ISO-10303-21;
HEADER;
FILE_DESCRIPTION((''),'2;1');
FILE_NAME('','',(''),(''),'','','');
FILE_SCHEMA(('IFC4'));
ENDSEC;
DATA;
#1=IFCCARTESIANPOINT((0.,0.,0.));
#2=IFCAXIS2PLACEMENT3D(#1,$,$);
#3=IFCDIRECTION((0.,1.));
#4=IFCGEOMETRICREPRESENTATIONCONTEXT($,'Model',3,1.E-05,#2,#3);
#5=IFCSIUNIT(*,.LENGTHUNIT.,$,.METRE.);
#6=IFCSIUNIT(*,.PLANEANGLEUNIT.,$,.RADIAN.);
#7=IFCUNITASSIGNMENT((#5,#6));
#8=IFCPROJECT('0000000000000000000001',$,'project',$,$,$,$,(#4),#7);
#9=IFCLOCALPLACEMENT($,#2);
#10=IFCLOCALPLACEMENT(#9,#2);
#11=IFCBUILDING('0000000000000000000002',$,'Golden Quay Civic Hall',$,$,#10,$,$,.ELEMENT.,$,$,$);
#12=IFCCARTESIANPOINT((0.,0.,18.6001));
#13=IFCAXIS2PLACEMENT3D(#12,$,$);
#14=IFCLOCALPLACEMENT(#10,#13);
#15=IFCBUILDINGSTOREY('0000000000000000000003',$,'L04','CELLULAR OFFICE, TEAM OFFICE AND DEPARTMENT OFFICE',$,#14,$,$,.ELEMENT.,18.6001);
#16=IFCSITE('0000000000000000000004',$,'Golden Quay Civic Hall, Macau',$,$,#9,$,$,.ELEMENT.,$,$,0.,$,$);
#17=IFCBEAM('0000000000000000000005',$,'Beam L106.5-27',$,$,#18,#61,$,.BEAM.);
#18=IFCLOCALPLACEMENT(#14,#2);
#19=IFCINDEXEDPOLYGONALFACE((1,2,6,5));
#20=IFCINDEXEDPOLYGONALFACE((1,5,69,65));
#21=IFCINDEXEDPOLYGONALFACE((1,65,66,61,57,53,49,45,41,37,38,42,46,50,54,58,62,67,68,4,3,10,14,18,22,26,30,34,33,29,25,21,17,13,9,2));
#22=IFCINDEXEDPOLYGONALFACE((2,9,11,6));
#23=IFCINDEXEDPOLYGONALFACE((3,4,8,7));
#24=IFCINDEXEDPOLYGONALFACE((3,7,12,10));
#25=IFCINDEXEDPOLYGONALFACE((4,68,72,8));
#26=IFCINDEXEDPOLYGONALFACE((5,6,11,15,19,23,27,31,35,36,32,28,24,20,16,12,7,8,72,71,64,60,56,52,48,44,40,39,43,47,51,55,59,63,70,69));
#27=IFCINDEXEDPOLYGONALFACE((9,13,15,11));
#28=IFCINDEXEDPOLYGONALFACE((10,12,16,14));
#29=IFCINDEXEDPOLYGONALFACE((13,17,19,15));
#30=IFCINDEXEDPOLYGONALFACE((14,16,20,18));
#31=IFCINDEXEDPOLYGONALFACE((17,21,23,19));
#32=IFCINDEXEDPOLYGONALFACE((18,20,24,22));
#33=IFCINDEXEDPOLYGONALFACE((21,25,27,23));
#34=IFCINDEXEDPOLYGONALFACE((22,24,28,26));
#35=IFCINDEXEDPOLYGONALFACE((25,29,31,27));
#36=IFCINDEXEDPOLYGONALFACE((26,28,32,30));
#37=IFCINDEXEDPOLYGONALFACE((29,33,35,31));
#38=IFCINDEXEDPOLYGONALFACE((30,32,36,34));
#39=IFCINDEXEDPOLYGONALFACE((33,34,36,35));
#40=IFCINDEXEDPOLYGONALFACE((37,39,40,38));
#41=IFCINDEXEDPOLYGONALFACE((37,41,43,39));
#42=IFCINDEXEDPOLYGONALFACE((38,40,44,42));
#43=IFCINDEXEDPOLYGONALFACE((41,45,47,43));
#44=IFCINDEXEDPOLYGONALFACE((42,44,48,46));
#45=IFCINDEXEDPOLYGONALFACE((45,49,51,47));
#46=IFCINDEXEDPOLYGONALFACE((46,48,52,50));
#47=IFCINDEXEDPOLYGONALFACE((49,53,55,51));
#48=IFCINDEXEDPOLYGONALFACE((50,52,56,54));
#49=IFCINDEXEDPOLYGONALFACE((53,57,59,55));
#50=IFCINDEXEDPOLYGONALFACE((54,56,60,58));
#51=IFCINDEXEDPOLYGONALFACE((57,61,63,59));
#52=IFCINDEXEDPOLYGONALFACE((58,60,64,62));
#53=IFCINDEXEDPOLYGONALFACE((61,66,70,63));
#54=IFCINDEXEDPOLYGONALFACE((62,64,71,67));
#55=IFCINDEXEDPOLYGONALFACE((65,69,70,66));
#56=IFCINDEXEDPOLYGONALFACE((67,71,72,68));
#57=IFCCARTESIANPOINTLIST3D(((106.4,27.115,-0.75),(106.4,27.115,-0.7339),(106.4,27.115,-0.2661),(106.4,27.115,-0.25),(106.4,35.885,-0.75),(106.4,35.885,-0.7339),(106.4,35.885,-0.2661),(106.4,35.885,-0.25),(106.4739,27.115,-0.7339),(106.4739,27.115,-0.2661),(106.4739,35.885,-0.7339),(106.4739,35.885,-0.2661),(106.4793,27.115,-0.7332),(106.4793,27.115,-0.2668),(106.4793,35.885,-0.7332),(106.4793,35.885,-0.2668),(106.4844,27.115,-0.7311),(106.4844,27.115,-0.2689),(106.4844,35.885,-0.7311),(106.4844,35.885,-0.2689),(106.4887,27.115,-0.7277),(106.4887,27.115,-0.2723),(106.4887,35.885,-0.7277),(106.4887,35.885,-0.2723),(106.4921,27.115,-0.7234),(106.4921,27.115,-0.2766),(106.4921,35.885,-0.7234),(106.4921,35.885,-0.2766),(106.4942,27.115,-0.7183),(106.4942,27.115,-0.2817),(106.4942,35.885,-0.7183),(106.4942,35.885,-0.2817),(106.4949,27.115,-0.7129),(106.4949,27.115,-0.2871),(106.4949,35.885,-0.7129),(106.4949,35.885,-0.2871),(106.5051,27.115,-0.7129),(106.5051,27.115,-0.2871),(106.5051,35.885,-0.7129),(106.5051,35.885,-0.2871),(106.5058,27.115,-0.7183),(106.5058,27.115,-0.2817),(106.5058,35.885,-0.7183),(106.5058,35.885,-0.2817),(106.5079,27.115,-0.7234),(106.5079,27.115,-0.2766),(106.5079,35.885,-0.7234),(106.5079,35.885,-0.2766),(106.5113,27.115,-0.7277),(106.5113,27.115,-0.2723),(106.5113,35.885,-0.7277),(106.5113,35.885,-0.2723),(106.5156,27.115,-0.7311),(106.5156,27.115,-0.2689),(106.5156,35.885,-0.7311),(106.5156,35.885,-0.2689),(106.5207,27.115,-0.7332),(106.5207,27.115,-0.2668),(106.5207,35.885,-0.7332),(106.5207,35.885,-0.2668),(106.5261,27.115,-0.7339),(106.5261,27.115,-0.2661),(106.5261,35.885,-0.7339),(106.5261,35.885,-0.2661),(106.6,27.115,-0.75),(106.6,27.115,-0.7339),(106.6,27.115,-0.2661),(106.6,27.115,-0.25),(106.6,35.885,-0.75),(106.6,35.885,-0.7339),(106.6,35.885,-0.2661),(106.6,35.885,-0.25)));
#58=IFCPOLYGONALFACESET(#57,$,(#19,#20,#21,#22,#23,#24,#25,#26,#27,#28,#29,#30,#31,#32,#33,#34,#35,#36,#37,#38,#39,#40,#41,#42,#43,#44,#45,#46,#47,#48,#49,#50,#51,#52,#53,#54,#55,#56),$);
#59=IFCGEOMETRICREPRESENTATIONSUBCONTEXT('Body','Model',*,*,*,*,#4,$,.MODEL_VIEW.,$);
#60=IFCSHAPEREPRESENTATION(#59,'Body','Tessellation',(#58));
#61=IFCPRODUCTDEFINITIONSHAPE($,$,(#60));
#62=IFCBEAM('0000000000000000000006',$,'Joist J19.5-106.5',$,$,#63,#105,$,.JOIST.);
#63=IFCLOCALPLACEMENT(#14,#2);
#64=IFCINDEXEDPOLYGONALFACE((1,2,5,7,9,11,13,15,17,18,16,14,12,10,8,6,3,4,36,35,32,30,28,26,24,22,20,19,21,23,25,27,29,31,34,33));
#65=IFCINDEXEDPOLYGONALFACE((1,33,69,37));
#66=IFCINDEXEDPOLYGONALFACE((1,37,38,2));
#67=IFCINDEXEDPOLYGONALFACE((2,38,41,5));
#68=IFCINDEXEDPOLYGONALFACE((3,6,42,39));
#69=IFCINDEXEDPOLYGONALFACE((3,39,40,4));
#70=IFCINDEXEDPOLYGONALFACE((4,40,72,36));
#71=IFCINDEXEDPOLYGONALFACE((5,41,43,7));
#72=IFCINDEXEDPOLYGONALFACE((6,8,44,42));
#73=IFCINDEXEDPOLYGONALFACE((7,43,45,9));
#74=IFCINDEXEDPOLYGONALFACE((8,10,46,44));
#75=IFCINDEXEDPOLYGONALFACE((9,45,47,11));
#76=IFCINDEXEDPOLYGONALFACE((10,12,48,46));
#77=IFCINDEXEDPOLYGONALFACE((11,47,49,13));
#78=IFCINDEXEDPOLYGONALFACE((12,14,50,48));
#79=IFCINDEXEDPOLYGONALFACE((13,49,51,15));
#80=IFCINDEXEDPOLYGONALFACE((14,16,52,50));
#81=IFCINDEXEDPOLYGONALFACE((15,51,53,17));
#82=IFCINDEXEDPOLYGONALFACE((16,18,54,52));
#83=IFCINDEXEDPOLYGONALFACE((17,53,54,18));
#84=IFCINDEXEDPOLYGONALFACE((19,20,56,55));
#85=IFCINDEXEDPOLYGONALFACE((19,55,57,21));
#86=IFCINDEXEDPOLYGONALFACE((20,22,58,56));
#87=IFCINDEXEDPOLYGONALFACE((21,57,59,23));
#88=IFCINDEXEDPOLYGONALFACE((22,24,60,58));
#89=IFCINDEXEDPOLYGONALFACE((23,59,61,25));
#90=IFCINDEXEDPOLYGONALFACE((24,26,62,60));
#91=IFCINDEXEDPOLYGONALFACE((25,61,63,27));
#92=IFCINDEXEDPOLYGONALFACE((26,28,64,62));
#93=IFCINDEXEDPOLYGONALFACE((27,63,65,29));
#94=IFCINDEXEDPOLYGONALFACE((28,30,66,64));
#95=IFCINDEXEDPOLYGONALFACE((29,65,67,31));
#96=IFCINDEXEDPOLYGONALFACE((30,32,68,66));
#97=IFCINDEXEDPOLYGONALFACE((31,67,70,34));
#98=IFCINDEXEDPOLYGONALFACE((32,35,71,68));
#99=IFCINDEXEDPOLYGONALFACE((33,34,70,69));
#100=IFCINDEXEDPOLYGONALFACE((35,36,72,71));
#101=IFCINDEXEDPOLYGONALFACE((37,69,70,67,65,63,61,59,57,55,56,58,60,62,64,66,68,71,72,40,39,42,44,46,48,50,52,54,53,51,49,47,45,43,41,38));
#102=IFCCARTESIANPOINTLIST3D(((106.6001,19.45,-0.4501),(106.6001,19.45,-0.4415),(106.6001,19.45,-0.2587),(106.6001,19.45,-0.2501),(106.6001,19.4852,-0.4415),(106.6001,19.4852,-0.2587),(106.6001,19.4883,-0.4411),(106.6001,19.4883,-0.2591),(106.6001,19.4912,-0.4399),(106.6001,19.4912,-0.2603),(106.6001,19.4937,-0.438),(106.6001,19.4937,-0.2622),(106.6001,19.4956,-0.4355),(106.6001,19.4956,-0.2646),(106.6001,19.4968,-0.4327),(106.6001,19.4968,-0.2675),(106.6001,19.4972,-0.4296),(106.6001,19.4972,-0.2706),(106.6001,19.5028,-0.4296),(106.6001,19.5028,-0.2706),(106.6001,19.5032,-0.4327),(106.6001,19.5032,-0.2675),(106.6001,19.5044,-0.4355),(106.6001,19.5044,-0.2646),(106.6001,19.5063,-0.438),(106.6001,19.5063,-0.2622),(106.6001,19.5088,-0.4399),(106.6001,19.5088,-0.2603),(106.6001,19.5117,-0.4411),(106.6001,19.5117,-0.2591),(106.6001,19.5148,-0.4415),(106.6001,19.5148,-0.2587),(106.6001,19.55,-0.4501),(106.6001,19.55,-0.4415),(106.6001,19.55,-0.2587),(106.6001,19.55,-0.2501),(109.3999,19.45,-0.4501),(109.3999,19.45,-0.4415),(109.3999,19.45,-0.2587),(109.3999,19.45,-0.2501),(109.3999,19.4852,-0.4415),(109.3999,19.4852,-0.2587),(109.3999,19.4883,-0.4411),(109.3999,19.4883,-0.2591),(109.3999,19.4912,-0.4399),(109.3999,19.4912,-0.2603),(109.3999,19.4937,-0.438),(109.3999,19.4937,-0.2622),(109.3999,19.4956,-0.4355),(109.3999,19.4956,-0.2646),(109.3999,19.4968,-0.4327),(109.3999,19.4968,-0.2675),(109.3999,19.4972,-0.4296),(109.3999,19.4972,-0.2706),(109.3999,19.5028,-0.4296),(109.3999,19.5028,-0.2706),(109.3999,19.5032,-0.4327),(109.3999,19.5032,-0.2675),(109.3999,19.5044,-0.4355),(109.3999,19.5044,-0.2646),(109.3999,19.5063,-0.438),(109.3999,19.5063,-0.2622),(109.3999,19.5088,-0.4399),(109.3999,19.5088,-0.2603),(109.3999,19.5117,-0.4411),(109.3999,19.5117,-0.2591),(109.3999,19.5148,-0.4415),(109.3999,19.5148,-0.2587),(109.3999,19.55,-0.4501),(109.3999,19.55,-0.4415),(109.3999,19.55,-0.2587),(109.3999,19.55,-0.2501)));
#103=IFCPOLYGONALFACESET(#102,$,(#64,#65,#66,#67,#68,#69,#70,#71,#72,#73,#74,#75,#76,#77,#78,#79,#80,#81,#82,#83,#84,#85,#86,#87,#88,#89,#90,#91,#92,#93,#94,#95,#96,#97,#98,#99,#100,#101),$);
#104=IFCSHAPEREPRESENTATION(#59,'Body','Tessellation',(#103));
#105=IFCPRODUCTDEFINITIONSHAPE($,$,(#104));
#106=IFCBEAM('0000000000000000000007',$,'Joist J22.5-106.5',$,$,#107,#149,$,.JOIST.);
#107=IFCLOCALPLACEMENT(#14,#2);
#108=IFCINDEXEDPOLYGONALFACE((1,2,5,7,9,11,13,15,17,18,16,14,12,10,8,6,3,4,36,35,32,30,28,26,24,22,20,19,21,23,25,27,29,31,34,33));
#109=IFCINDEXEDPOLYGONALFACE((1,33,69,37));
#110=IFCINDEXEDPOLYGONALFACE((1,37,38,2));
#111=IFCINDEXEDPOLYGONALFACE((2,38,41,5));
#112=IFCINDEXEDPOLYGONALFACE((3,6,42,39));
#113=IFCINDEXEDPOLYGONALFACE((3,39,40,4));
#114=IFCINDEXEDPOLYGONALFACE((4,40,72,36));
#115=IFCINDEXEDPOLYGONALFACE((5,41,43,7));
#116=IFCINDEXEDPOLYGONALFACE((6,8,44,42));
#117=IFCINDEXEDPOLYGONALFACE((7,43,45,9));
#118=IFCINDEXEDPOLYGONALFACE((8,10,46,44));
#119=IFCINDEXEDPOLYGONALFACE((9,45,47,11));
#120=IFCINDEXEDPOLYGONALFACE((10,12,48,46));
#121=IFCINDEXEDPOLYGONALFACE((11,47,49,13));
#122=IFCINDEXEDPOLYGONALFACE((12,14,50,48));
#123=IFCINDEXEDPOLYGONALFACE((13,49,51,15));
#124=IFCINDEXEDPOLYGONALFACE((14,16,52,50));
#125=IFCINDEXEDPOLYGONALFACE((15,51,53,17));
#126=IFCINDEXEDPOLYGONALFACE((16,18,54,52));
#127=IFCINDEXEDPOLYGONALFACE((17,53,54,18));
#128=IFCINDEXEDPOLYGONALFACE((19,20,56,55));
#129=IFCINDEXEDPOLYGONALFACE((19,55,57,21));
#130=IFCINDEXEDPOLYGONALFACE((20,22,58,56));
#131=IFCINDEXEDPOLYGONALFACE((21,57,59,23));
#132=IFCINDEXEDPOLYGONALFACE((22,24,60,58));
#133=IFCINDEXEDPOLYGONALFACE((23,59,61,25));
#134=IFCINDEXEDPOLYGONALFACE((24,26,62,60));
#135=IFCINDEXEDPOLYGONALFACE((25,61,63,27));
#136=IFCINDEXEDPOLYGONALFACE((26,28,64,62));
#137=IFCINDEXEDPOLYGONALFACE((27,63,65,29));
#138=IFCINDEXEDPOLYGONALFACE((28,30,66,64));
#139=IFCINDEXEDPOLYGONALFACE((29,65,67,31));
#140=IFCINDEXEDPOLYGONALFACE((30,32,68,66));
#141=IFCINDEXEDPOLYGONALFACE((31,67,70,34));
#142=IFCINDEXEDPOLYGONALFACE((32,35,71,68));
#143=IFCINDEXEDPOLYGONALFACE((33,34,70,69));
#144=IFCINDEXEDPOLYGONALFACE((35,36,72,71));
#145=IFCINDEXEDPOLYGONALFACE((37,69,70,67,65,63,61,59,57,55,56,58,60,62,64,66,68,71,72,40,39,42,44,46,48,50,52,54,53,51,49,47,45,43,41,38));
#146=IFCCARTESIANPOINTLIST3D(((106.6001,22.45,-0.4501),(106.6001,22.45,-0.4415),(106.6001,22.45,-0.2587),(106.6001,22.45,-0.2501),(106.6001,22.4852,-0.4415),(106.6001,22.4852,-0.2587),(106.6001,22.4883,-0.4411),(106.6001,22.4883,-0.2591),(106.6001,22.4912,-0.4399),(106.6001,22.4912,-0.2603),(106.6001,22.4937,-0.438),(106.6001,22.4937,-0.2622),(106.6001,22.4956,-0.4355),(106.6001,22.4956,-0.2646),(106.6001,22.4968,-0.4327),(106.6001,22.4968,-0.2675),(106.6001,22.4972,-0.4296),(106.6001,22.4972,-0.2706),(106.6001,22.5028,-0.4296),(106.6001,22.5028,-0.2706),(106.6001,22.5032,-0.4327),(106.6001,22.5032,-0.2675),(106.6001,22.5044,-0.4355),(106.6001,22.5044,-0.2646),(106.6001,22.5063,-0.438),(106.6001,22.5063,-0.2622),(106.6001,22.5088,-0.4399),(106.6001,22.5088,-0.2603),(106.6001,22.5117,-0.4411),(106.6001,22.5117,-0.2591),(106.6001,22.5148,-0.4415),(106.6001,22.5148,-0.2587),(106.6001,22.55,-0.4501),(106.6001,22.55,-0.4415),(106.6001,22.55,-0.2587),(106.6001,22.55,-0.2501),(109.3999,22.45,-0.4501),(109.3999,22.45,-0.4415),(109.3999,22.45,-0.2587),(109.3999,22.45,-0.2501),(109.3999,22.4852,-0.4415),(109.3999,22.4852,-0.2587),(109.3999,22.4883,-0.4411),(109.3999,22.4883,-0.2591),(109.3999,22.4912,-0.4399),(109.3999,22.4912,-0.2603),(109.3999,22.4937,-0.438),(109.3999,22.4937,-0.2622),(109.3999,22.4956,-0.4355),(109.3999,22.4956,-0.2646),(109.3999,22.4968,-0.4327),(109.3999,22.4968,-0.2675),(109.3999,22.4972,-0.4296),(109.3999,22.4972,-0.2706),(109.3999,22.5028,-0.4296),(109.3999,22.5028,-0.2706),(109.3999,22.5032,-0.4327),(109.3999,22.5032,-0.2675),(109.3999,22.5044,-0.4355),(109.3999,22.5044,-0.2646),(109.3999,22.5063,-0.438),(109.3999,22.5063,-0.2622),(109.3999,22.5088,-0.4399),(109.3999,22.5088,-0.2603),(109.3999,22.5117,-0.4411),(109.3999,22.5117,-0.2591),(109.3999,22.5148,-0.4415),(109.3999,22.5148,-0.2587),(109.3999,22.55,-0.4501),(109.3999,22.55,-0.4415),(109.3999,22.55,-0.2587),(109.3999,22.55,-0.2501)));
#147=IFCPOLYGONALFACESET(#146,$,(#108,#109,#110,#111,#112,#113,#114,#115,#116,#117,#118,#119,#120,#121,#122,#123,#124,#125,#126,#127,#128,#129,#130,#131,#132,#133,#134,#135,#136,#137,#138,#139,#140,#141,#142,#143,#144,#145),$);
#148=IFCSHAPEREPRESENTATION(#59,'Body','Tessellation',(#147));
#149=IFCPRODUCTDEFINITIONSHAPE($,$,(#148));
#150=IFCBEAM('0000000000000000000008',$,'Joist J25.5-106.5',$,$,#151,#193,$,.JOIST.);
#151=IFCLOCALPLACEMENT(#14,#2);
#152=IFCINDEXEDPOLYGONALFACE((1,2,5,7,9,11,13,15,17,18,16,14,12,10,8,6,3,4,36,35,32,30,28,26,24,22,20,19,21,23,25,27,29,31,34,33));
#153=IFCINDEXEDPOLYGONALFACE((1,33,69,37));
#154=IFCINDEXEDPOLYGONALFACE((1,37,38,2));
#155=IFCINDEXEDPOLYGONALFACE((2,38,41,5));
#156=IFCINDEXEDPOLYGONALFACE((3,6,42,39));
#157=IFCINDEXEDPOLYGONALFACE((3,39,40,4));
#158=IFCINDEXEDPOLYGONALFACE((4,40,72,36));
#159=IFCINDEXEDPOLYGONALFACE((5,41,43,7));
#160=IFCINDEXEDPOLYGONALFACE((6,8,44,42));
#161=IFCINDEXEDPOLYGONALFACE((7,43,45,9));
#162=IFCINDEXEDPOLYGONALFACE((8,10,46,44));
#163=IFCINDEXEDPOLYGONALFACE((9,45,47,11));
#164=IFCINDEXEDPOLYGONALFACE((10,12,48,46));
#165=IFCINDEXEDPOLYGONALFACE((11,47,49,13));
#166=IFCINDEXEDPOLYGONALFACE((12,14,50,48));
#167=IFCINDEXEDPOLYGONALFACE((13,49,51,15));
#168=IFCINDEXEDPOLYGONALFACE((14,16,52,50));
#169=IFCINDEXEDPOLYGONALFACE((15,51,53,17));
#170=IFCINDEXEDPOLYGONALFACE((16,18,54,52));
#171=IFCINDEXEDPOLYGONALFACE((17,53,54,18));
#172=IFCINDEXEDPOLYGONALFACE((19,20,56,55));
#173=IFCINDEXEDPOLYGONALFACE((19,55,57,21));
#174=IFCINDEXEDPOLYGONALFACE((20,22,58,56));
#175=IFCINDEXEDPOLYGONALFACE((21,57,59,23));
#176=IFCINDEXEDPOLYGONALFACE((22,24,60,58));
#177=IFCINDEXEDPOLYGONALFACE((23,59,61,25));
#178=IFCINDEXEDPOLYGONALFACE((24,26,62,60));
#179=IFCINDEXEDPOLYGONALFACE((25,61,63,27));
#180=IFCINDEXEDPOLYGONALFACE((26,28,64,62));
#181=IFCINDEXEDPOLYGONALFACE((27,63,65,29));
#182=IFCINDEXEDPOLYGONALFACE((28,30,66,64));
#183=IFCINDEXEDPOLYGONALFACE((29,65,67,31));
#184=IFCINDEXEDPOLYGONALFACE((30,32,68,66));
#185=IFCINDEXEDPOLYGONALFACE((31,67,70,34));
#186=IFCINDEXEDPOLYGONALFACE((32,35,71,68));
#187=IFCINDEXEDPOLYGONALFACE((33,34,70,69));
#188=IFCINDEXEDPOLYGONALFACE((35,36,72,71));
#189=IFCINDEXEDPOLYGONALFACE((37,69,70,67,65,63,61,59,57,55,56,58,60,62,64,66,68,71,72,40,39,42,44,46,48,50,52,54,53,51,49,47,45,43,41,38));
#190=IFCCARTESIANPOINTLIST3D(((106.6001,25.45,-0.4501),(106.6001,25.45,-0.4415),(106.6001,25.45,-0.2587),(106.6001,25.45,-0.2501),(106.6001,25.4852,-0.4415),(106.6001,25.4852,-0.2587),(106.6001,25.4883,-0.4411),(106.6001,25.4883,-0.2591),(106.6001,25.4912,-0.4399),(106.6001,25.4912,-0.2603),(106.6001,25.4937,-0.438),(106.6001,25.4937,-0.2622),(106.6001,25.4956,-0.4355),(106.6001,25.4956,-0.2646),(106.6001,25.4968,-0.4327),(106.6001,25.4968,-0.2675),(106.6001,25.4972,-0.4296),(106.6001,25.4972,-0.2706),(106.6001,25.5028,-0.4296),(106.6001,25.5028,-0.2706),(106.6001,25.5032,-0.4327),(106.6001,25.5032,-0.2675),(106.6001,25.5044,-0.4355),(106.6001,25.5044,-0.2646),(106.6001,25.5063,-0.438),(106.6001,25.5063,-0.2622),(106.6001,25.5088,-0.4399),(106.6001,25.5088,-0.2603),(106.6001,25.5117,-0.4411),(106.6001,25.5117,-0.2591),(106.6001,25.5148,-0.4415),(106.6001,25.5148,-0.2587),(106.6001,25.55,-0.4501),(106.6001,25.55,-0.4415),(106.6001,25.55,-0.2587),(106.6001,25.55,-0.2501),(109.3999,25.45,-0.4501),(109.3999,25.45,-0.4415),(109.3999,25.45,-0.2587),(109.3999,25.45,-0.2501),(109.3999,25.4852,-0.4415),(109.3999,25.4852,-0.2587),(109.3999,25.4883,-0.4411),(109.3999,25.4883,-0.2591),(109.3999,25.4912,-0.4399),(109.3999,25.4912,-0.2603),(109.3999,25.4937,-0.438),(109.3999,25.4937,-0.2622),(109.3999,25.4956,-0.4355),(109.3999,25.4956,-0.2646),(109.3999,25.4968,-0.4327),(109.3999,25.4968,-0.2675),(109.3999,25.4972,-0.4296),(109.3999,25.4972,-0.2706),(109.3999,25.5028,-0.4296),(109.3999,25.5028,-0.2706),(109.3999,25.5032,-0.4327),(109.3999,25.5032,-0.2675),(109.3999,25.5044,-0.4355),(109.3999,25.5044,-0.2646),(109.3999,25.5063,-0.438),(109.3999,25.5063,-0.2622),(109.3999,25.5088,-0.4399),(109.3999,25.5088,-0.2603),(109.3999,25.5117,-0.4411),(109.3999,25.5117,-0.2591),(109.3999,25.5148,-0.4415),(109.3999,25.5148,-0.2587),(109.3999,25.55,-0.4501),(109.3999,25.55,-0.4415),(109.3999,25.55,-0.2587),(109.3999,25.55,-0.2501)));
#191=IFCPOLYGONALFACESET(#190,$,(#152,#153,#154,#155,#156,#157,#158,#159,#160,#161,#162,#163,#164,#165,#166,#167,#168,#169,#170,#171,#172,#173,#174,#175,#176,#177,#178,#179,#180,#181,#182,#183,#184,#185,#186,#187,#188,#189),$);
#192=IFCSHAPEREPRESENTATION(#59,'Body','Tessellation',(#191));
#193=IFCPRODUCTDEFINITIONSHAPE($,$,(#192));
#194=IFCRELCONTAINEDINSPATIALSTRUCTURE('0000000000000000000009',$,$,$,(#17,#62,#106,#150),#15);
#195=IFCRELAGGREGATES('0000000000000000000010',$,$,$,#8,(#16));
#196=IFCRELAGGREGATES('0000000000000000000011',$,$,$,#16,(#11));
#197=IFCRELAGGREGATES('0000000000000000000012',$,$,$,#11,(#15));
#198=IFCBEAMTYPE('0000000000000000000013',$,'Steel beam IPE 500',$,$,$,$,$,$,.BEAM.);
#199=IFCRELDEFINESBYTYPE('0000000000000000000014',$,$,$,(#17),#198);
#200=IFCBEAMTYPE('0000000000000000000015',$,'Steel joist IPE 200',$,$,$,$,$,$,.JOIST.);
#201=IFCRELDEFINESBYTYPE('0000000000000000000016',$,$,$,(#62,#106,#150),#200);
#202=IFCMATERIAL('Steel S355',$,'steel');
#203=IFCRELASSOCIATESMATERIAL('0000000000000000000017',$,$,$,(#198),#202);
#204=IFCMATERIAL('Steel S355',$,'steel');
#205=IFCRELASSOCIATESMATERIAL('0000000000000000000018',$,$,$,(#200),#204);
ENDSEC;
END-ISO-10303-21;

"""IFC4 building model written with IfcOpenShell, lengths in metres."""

from ifc_helpers import new_model, si_unit, direction, frame, origin, origin_2d, place, context, subcontext, project, spatial, i_section, extrude, material, material_profile, profile_set, type_object, element, save


model = new_model("IFC4")

# Units and contexts
model_context = context("Model", 3, precision=1e-05, world=origin(), true_north=direction((0.0, 1.0)))
body_context = subcontext(model_context, "Body", "Model", "MODEL_VIEW")
ifc_project = project(units=[si_unit("LENGTHUNIT", "METRE"), si_unit("PLANEANGLEUNIT", "RADIAN")], contexts=[model_context])

# Site, building, storey
site_placement = place(None, origin())
site = spatial("IfcSite", under=ifc_project, at=site_placement, Name="Golden Quay Civic Hall, Macau", CompositionType="ELEMENT", RefElevation=0.0)
building_placement = place(site_placement, origin())
building = spatial("IfcBuilding", under=site, at=building_placement, Name="Golden Quay Civic Hall", CompositionType="ELEMENT")
storey_placement = place(building_placement, frame((0.0, 0.0, 18.6001)))
storey = spatial("IfcBuildingStorey", under=building, at=storey_placement, Name="L04", Description="CELLULAR OFFICE, TEAM OFFICE AND DEPARTMENT OFFICE", CompositionType="ELEMENT", Elevation=18.6001)

# Beams
ifc_material_1 = material(Name="Steel S355", Category="steel")
ifc_material_profile_1 = material_profile(ifc_material_1, i_section(OverallWidth=0.2, OverallDepth=0.5, WebThickness=0.0103, FlangeThickness=0.0161, FilletRadius=0.021, at=origin_2d()), Name="IPE 500")
ifc_profile_set_1 = profile_set([ifc_material_profile_1], Name="Steel S355")
beam_type_1 = type_object("IfcBeamType", Name="Steel beam IPE 500", PredefinedType="BEAM", material=ifc_profile_set_1)
beam_1_placement = place(storey_placement, frame((106.5, 27.115, -0.5), z_axis=(0.0, 1.0, 0.0), x_axis=(-1.0, 0.0, 0.0)))
element("IfcBeam", 1, at=beam_1_placement, inside=storey, type_object=beam_type_1, Name="Beam L106.5-27", PredefinedType="BEAM", context=body_context, shape_type="SweptSolid", body=[
    extrude(i_section(OverallWidth=0.2, OverallDepth=0.5, WebThickness=0.0103, FlangeThickness=0.0161, FilletRadius=0.021, at=origin_2d()), origin(), (0.0, 0.0, 1.0), 8.77),
])
ifc_material_2 = material(Name="Steel S355", Category="steel")
ifc_material_profile_2 = material_profile(ifc_material_2, i_section(OverallWidth=0.1001, OverallDepth=0.2, WebThickness=0.0056, FlangeThickness=0.0085, FilletRadius=0.012, at=origin_2d()), Name="IPE 200")
ifc_profile_set_2 = profile_set([ifc_material_profile_2], Name="Steel S355")
beam_type_2 = type_object("IfcBeamType", Name="Steel joist IPE 200", PredefinedType="JOIST", material=ifc_profile_set_2)
for number, where, z_axis, x_axis, name in (
    (2, (106.6001, 19.5, -0.3501), (1.0, 0.0, 0.0), (0.0, 1.0, 0.0), "Joist J19.5-106.5"),
    (3, (106.6001, 22.5, -0.3501), (1.0, 0.0, 0.0), (0.0, 1.0, 0.0), "Joist J22.5-106.5"),
    (4, (106.6001, 25.5, -0.3501), (1.0, 0.0, 0.0), (0.0, 1.0, 0.0), "Joist J25.5-106.5"),
):
    element("IfcBeam", number, at=place(storey_placement, frame(where, z_axis=z_axis, x_axis=x_axis)), inside=storey, type_object=beam_type_2, Name=name, PredefinedType="JOIST", context=body_context, shape_type="SweptSolid", body=[
        extrude(i_section(OverallWidth=0.1001, OverallDepth=0.2, WebThickness=0.0056, FlangeThickness=0.0085, FilletRadius=0.012, at=origin_2d()), origin(), (0.0, 0.0, 1.0), 2.7998),
    ])

save(model, "model.ifc")
